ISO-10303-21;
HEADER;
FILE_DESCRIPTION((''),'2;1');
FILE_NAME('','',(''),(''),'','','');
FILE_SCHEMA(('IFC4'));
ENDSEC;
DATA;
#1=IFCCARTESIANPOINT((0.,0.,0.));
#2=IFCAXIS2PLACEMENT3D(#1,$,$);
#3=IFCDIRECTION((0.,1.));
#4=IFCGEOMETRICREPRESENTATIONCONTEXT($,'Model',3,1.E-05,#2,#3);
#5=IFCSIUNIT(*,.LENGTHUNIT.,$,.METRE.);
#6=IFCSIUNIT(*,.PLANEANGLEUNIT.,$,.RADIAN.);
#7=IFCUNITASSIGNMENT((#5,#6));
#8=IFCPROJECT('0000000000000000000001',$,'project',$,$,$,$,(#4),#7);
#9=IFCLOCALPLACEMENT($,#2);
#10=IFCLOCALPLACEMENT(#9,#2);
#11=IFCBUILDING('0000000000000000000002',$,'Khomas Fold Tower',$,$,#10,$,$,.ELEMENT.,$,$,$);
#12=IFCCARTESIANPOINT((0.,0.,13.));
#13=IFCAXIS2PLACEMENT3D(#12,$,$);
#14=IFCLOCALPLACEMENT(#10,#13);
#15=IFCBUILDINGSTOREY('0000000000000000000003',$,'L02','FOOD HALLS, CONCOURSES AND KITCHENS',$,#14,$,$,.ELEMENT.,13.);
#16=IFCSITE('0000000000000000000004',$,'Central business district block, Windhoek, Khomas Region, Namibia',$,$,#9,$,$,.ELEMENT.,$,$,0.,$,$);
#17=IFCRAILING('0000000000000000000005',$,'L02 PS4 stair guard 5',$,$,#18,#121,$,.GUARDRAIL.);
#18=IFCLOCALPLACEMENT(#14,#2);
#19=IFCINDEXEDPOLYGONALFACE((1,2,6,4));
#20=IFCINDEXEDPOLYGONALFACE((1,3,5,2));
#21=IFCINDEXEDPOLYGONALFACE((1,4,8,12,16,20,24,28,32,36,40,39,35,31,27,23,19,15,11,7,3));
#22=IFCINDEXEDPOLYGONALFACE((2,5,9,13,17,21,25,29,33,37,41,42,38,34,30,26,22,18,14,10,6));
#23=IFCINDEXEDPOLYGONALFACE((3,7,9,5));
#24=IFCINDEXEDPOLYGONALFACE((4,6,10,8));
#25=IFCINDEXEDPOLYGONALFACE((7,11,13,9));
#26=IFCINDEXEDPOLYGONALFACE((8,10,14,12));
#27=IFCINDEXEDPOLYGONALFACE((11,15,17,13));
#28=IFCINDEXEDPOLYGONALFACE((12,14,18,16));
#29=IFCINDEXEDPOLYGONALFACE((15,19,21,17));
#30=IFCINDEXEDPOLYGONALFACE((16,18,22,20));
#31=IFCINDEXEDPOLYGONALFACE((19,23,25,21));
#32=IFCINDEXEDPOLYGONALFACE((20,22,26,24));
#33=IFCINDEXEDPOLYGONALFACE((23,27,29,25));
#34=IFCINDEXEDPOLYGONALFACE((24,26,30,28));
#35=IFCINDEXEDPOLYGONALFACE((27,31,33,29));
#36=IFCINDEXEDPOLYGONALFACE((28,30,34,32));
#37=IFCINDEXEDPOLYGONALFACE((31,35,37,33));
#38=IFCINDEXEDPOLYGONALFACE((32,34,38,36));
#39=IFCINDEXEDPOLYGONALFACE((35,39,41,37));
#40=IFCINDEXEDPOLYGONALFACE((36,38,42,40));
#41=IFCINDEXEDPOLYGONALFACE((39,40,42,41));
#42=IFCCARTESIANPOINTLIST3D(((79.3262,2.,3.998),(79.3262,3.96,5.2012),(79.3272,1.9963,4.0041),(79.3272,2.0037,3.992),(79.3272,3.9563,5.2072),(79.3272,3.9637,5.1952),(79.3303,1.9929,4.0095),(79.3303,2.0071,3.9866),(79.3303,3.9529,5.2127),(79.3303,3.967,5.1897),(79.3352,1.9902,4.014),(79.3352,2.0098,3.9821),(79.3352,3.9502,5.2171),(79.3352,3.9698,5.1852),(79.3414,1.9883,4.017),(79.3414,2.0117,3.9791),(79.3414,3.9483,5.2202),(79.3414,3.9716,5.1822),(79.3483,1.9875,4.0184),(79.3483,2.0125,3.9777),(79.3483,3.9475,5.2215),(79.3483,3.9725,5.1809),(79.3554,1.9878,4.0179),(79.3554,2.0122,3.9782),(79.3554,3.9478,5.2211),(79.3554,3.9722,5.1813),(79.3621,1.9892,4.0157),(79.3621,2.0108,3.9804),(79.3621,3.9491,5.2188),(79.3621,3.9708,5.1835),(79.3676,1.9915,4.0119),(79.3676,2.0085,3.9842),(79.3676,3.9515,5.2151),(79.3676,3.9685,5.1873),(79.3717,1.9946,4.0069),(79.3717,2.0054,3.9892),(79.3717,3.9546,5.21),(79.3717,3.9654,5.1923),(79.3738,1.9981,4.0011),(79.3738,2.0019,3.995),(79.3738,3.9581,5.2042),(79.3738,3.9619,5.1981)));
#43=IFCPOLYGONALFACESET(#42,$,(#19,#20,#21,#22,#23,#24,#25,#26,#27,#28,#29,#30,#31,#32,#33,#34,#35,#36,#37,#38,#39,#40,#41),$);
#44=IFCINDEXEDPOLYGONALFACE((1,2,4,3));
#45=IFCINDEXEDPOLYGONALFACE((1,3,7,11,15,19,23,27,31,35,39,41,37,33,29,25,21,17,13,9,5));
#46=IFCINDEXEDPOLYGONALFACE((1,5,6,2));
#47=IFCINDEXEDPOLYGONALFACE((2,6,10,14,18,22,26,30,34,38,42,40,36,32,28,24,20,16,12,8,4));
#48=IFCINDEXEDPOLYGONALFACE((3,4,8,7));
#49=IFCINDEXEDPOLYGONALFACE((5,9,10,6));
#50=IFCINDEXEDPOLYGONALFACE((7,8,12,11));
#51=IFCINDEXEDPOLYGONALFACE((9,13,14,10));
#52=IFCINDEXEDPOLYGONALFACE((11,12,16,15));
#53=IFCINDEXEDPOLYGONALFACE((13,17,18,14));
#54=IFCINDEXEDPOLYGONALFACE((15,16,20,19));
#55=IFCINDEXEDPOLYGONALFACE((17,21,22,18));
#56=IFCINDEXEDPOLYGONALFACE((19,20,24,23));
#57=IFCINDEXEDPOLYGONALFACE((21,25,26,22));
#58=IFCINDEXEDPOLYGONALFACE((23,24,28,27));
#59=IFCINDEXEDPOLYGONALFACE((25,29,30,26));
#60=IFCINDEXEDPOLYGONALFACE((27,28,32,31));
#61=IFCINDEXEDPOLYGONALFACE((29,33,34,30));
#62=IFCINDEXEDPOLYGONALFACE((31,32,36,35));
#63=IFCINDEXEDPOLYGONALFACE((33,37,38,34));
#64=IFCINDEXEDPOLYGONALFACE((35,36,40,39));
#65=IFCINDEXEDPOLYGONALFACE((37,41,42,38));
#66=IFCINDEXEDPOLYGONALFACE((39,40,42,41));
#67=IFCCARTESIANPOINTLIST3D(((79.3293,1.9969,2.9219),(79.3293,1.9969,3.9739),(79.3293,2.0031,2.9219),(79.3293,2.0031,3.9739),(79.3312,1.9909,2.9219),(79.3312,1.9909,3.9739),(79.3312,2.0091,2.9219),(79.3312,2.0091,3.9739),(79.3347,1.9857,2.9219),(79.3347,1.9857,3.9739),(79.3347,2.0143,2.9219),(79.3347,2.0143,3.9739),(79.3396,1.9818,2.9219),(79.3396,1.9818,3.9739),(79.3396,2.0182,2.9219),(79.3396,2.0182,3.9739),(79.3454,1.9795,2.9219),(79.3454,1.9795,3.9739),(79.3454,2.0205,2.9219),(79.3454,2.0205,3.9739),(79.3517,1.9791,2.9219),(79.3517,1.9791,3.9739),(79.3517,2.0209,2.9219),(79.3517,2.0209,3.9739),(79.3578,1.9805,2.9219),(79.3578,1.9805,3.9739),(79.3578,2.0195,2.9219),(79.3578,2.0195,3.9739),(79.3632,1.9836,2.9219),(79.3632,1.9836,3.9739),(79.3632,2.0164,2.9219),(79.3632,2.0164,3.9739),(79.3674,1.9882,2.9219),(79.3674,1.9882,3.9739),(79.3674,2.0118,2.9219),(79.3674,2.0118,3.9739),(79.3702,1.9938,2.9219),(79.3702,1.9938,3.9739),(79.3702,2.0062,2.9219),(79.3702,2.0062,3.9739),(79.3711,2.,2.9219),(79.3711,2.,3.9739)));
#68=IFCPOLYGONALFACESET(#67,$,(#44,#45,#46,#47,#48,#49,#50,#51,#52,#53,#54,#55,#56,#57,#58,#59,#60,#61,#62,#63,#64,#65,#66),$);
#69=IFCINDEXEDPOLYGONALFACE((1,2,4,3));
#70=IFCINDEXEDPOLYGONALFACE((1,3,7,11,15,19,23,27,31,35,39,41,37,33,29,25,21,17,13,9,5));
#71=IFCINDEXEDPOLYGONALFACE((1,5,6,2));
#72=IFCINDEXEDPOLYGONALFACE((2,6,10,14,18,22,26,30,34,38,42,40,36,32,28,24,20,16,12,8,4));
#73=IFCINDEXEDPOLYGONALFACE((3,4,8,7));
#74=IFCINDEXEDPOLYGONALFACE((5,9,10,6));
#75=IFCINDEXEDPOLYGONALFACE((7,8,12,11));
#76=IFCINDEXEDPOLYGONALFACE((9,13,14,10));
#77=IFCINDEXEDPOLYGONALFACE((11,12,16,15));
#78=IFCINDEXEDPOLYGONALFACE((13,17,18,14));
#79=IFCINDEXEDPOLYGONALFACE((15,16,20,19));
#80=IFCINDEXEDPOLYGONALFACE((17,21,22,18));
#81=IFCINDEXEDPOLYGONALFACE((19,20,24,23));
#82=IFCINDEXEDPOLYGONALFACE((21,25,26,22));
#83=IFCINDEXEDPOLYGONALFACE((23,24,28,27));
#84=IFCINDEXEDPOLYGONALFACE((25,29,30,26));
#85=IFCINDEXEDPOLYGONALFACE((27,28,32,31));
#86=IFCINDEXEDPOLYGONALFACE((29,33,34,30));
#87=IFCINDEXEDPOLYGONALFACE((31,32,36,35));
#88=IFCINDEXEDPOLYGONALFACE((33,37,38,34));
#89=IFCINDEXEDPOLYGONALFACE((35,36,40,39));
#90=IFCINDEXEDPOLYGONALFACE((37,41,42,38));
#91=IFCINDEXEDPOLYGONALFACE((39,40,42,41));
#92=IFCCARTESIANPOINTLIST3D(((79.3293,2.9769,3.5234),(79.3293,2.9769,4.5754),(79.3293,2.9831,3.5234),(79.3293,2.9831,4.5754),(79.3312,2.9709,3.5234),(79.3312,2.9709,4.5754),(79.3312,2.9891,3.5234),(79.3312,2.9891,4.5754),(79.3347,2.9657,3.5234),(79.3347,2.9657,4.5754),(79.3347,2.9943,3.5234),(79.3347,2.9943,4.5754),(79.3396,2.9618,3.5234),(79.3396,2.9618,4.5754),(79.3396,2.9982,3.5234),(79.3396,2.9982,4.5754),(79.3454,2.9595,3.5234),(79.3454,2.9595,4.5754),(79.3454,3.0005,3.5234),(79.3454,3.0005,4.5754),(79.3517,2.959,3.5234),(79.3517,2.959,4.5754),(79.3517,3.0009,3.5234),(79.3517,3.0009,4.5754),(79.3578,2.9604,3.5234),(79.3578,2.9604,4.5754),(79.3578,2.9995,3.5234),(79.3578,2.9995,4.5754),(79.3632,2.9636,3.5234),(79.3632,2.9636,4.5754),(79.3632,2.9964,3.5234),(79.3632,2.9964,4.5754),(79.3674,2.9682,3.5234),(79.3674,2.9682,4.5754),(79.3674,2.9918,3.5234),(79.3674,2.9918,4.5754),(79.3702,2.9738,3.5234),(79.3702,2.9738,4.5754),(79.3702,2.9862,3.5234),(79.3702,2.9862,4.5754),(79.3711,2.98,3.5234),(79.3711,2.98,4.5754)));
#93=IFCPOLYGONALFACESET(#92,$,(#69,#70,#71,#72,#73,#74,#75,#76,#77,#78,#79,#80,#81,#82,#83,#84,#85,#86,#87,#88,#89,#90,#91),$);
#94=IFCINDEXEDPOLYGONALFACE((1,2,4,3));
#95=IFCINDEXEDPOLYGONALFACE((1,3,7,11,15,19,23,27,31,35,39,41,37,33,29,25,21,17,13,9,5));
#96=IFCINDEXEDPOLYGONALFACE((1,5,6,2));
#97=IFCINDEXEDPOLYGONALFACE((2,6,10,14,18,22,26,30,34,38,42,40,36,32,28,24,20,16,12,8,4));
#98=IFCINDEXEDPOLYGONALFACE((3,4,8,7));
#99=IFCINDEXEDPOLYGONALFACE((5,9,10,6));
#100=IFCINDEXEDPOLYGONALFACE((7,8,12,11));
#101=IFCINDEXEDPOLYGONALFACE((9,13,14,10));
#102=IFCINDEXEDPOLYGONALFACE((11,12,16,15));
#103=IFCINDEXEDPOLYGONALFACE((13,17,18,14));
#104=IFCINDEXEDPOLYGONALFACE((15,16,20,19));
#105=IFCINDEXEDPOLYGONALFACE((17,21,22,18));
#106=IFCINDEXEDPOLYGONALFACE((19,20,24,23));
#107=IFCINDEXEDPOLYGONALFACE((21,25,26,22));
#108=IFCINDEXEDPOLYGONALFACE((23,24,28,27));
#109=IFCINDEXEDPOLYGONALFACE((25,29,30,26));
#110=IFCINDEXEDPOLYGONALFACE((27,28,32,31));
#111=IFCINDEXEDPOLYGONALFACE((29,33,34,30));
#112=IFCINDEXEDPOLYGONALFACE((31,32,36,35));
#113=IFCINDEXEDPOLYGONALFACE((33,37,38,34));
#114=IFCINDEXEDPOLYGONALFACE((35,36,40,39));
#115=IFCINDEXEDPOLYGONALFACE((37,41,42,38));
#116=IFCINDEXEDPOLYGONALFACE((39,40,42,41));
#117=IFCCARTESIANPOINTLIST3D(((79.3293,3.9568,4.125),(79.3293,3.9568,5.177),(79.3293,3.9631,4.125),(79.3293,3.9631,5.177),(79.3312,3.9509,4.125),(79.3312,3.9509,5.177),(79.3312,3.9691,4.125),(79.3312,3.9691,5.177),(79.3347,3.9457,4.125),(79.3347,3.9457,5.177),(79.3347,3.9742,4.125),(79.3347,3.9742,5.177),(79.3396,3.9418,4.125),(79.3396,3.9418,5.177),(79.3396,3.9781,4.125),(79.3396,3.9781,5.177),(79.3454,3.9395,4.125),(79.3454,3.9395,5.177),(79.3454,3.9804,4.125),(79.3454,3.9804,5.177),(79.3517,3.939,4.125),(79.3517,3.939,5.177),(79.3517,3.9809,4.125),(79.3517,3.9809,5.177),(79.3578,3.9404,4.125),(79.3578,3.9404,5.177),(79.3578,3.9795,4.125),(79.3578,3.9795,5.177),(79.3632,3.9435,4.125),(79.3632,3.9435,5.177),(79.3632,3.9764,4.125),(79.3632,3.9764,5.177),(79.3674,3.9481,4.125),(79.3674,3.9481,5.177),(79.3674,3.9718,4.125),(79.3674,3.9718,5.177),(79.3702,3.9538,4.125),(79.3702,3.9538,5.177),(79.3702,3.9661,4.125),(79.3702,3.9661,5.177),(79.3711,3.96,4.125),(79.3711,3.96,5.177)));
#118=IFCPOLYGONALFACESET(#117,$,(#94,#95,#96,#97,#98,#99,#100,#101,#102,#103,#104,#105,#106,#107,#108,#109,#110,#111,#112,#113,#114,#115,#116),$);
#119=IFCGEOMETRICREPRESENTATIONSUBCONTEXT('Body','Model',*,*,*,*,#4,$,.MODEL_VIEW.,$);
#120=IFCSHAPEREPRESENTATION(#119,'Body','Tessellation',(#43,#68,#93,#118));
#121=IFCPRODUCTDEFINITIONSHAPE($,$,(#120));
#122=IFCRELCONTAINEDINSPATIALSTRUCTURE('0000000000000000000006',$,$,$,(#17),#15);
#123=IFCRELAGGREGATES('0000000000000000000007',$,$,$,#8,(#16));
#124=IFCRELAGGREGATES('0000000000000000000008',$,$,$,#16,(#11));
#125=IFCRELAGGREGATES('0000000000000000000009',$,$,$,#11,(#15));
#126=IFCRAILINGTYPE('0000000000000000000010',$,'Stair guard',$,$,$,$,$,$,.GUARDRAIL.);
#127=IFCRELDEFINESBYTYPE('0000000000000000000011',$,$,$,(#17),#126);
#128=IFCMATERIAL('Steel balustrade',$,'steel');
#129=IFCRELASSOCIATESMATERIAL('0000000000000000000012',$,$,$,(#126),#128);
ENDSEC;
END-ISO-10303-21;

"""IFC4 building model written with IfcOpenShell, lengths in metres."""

from ifc_helpers import new_model, si_unit, direction, frame, origin, origin_2d, place, context, subcontext, project, spatial, circle, extrude, source, transform, mapped, material, type_object, element, save


model = new_model("IFC4")

# Units and contexts
model_context = context("Model", 3, precision=1e-05, world=origin(), true_north=direction((0.0, 1.0)))
body_context = subcontext(model_context, "Body", "Model", "MODEL_VIEW")
ifc_project = project(units=[si_unit("LENGTHUNIT", "METRE"), si_unit("PLANEANGLEUNIT", "RADIAN")], contexts=[model_context])

# Site, building, storey
site_placement = place(None, origin())
site = spatial("IfcSite", under=ifc_project, at=site_placement, Name="Central business district block, Windhoek, Khomas Region, Namibia", CompositionType="ELEMENT", RefElevation=0.0)
building_placement = place(site_placement, origin())
building = spatial("IfcBuilding", under=site, at=building_placement, Name="Khomas Fold Tower", CompositionType="ELEMENT")
storey_placement = place(building_placement, frame((0.0, 0.0, 13.0)))
storey = spatial("IfcBuildingStorey", under=building, at=storey_placement, Name="L02", Description="FOOD HALLS, CONCOURSES AND KITCHENS", CompositionType="ELEMENT", Elevation=13.0)

# Railing
ifc_material_1 = material(Name="Steel balustrade", Category="steel")
railing_type_1 = type_object("IfcRailingType", Name="Stair guard", PredefinedType="GUARDRAIL", material=ifc_material_1)
shared_shape_1 = source(origin(), body_context, "Body", "SweptSolid", [
    extrude(circle(Radius=0.0239, at=origin_2d()), frame((0.0, 0.0, 1.0762), z_axis=(0.0, 0.852241, 0.523149), x_axis=(-1.0, 0.0, 0.0)), (0.0, 0.0, 1.0), 2.2998),
    extrude(circle(Radius=0.021, at=origin_2d()), origin(), (0.0, 0.0, 1.0), 1.052),
    extrude(circle(Radius=0.021, at=origin_2d()), frame((0.0, 0.98, 0.6016)), (0.0, 0.0, 1.0), 1.052),
    extrude(circle(Radius=0.021, at=origin_2d()), frame((0.0, 1.96, 1.2031)), (0.0, 0.0, 1.0), 1.052),
])
for number, where, name in (
    (1, (79.3501, 2.0, 2.9219), "L02 PS4 stair guard 5"),
):
    element("IfcRailing", number, at=place(storey_placement, frame(where)), inside=storey, type_object=railing_type_1, Name=name, PredefinedType="GUARDRAIL", context=body_context, shape_type="MappedRepresentation", body=[
        mapped(shared_shape_1, transform((0.0, 0.0, 0.0))),
    ])

save(model, "model.ifc")
